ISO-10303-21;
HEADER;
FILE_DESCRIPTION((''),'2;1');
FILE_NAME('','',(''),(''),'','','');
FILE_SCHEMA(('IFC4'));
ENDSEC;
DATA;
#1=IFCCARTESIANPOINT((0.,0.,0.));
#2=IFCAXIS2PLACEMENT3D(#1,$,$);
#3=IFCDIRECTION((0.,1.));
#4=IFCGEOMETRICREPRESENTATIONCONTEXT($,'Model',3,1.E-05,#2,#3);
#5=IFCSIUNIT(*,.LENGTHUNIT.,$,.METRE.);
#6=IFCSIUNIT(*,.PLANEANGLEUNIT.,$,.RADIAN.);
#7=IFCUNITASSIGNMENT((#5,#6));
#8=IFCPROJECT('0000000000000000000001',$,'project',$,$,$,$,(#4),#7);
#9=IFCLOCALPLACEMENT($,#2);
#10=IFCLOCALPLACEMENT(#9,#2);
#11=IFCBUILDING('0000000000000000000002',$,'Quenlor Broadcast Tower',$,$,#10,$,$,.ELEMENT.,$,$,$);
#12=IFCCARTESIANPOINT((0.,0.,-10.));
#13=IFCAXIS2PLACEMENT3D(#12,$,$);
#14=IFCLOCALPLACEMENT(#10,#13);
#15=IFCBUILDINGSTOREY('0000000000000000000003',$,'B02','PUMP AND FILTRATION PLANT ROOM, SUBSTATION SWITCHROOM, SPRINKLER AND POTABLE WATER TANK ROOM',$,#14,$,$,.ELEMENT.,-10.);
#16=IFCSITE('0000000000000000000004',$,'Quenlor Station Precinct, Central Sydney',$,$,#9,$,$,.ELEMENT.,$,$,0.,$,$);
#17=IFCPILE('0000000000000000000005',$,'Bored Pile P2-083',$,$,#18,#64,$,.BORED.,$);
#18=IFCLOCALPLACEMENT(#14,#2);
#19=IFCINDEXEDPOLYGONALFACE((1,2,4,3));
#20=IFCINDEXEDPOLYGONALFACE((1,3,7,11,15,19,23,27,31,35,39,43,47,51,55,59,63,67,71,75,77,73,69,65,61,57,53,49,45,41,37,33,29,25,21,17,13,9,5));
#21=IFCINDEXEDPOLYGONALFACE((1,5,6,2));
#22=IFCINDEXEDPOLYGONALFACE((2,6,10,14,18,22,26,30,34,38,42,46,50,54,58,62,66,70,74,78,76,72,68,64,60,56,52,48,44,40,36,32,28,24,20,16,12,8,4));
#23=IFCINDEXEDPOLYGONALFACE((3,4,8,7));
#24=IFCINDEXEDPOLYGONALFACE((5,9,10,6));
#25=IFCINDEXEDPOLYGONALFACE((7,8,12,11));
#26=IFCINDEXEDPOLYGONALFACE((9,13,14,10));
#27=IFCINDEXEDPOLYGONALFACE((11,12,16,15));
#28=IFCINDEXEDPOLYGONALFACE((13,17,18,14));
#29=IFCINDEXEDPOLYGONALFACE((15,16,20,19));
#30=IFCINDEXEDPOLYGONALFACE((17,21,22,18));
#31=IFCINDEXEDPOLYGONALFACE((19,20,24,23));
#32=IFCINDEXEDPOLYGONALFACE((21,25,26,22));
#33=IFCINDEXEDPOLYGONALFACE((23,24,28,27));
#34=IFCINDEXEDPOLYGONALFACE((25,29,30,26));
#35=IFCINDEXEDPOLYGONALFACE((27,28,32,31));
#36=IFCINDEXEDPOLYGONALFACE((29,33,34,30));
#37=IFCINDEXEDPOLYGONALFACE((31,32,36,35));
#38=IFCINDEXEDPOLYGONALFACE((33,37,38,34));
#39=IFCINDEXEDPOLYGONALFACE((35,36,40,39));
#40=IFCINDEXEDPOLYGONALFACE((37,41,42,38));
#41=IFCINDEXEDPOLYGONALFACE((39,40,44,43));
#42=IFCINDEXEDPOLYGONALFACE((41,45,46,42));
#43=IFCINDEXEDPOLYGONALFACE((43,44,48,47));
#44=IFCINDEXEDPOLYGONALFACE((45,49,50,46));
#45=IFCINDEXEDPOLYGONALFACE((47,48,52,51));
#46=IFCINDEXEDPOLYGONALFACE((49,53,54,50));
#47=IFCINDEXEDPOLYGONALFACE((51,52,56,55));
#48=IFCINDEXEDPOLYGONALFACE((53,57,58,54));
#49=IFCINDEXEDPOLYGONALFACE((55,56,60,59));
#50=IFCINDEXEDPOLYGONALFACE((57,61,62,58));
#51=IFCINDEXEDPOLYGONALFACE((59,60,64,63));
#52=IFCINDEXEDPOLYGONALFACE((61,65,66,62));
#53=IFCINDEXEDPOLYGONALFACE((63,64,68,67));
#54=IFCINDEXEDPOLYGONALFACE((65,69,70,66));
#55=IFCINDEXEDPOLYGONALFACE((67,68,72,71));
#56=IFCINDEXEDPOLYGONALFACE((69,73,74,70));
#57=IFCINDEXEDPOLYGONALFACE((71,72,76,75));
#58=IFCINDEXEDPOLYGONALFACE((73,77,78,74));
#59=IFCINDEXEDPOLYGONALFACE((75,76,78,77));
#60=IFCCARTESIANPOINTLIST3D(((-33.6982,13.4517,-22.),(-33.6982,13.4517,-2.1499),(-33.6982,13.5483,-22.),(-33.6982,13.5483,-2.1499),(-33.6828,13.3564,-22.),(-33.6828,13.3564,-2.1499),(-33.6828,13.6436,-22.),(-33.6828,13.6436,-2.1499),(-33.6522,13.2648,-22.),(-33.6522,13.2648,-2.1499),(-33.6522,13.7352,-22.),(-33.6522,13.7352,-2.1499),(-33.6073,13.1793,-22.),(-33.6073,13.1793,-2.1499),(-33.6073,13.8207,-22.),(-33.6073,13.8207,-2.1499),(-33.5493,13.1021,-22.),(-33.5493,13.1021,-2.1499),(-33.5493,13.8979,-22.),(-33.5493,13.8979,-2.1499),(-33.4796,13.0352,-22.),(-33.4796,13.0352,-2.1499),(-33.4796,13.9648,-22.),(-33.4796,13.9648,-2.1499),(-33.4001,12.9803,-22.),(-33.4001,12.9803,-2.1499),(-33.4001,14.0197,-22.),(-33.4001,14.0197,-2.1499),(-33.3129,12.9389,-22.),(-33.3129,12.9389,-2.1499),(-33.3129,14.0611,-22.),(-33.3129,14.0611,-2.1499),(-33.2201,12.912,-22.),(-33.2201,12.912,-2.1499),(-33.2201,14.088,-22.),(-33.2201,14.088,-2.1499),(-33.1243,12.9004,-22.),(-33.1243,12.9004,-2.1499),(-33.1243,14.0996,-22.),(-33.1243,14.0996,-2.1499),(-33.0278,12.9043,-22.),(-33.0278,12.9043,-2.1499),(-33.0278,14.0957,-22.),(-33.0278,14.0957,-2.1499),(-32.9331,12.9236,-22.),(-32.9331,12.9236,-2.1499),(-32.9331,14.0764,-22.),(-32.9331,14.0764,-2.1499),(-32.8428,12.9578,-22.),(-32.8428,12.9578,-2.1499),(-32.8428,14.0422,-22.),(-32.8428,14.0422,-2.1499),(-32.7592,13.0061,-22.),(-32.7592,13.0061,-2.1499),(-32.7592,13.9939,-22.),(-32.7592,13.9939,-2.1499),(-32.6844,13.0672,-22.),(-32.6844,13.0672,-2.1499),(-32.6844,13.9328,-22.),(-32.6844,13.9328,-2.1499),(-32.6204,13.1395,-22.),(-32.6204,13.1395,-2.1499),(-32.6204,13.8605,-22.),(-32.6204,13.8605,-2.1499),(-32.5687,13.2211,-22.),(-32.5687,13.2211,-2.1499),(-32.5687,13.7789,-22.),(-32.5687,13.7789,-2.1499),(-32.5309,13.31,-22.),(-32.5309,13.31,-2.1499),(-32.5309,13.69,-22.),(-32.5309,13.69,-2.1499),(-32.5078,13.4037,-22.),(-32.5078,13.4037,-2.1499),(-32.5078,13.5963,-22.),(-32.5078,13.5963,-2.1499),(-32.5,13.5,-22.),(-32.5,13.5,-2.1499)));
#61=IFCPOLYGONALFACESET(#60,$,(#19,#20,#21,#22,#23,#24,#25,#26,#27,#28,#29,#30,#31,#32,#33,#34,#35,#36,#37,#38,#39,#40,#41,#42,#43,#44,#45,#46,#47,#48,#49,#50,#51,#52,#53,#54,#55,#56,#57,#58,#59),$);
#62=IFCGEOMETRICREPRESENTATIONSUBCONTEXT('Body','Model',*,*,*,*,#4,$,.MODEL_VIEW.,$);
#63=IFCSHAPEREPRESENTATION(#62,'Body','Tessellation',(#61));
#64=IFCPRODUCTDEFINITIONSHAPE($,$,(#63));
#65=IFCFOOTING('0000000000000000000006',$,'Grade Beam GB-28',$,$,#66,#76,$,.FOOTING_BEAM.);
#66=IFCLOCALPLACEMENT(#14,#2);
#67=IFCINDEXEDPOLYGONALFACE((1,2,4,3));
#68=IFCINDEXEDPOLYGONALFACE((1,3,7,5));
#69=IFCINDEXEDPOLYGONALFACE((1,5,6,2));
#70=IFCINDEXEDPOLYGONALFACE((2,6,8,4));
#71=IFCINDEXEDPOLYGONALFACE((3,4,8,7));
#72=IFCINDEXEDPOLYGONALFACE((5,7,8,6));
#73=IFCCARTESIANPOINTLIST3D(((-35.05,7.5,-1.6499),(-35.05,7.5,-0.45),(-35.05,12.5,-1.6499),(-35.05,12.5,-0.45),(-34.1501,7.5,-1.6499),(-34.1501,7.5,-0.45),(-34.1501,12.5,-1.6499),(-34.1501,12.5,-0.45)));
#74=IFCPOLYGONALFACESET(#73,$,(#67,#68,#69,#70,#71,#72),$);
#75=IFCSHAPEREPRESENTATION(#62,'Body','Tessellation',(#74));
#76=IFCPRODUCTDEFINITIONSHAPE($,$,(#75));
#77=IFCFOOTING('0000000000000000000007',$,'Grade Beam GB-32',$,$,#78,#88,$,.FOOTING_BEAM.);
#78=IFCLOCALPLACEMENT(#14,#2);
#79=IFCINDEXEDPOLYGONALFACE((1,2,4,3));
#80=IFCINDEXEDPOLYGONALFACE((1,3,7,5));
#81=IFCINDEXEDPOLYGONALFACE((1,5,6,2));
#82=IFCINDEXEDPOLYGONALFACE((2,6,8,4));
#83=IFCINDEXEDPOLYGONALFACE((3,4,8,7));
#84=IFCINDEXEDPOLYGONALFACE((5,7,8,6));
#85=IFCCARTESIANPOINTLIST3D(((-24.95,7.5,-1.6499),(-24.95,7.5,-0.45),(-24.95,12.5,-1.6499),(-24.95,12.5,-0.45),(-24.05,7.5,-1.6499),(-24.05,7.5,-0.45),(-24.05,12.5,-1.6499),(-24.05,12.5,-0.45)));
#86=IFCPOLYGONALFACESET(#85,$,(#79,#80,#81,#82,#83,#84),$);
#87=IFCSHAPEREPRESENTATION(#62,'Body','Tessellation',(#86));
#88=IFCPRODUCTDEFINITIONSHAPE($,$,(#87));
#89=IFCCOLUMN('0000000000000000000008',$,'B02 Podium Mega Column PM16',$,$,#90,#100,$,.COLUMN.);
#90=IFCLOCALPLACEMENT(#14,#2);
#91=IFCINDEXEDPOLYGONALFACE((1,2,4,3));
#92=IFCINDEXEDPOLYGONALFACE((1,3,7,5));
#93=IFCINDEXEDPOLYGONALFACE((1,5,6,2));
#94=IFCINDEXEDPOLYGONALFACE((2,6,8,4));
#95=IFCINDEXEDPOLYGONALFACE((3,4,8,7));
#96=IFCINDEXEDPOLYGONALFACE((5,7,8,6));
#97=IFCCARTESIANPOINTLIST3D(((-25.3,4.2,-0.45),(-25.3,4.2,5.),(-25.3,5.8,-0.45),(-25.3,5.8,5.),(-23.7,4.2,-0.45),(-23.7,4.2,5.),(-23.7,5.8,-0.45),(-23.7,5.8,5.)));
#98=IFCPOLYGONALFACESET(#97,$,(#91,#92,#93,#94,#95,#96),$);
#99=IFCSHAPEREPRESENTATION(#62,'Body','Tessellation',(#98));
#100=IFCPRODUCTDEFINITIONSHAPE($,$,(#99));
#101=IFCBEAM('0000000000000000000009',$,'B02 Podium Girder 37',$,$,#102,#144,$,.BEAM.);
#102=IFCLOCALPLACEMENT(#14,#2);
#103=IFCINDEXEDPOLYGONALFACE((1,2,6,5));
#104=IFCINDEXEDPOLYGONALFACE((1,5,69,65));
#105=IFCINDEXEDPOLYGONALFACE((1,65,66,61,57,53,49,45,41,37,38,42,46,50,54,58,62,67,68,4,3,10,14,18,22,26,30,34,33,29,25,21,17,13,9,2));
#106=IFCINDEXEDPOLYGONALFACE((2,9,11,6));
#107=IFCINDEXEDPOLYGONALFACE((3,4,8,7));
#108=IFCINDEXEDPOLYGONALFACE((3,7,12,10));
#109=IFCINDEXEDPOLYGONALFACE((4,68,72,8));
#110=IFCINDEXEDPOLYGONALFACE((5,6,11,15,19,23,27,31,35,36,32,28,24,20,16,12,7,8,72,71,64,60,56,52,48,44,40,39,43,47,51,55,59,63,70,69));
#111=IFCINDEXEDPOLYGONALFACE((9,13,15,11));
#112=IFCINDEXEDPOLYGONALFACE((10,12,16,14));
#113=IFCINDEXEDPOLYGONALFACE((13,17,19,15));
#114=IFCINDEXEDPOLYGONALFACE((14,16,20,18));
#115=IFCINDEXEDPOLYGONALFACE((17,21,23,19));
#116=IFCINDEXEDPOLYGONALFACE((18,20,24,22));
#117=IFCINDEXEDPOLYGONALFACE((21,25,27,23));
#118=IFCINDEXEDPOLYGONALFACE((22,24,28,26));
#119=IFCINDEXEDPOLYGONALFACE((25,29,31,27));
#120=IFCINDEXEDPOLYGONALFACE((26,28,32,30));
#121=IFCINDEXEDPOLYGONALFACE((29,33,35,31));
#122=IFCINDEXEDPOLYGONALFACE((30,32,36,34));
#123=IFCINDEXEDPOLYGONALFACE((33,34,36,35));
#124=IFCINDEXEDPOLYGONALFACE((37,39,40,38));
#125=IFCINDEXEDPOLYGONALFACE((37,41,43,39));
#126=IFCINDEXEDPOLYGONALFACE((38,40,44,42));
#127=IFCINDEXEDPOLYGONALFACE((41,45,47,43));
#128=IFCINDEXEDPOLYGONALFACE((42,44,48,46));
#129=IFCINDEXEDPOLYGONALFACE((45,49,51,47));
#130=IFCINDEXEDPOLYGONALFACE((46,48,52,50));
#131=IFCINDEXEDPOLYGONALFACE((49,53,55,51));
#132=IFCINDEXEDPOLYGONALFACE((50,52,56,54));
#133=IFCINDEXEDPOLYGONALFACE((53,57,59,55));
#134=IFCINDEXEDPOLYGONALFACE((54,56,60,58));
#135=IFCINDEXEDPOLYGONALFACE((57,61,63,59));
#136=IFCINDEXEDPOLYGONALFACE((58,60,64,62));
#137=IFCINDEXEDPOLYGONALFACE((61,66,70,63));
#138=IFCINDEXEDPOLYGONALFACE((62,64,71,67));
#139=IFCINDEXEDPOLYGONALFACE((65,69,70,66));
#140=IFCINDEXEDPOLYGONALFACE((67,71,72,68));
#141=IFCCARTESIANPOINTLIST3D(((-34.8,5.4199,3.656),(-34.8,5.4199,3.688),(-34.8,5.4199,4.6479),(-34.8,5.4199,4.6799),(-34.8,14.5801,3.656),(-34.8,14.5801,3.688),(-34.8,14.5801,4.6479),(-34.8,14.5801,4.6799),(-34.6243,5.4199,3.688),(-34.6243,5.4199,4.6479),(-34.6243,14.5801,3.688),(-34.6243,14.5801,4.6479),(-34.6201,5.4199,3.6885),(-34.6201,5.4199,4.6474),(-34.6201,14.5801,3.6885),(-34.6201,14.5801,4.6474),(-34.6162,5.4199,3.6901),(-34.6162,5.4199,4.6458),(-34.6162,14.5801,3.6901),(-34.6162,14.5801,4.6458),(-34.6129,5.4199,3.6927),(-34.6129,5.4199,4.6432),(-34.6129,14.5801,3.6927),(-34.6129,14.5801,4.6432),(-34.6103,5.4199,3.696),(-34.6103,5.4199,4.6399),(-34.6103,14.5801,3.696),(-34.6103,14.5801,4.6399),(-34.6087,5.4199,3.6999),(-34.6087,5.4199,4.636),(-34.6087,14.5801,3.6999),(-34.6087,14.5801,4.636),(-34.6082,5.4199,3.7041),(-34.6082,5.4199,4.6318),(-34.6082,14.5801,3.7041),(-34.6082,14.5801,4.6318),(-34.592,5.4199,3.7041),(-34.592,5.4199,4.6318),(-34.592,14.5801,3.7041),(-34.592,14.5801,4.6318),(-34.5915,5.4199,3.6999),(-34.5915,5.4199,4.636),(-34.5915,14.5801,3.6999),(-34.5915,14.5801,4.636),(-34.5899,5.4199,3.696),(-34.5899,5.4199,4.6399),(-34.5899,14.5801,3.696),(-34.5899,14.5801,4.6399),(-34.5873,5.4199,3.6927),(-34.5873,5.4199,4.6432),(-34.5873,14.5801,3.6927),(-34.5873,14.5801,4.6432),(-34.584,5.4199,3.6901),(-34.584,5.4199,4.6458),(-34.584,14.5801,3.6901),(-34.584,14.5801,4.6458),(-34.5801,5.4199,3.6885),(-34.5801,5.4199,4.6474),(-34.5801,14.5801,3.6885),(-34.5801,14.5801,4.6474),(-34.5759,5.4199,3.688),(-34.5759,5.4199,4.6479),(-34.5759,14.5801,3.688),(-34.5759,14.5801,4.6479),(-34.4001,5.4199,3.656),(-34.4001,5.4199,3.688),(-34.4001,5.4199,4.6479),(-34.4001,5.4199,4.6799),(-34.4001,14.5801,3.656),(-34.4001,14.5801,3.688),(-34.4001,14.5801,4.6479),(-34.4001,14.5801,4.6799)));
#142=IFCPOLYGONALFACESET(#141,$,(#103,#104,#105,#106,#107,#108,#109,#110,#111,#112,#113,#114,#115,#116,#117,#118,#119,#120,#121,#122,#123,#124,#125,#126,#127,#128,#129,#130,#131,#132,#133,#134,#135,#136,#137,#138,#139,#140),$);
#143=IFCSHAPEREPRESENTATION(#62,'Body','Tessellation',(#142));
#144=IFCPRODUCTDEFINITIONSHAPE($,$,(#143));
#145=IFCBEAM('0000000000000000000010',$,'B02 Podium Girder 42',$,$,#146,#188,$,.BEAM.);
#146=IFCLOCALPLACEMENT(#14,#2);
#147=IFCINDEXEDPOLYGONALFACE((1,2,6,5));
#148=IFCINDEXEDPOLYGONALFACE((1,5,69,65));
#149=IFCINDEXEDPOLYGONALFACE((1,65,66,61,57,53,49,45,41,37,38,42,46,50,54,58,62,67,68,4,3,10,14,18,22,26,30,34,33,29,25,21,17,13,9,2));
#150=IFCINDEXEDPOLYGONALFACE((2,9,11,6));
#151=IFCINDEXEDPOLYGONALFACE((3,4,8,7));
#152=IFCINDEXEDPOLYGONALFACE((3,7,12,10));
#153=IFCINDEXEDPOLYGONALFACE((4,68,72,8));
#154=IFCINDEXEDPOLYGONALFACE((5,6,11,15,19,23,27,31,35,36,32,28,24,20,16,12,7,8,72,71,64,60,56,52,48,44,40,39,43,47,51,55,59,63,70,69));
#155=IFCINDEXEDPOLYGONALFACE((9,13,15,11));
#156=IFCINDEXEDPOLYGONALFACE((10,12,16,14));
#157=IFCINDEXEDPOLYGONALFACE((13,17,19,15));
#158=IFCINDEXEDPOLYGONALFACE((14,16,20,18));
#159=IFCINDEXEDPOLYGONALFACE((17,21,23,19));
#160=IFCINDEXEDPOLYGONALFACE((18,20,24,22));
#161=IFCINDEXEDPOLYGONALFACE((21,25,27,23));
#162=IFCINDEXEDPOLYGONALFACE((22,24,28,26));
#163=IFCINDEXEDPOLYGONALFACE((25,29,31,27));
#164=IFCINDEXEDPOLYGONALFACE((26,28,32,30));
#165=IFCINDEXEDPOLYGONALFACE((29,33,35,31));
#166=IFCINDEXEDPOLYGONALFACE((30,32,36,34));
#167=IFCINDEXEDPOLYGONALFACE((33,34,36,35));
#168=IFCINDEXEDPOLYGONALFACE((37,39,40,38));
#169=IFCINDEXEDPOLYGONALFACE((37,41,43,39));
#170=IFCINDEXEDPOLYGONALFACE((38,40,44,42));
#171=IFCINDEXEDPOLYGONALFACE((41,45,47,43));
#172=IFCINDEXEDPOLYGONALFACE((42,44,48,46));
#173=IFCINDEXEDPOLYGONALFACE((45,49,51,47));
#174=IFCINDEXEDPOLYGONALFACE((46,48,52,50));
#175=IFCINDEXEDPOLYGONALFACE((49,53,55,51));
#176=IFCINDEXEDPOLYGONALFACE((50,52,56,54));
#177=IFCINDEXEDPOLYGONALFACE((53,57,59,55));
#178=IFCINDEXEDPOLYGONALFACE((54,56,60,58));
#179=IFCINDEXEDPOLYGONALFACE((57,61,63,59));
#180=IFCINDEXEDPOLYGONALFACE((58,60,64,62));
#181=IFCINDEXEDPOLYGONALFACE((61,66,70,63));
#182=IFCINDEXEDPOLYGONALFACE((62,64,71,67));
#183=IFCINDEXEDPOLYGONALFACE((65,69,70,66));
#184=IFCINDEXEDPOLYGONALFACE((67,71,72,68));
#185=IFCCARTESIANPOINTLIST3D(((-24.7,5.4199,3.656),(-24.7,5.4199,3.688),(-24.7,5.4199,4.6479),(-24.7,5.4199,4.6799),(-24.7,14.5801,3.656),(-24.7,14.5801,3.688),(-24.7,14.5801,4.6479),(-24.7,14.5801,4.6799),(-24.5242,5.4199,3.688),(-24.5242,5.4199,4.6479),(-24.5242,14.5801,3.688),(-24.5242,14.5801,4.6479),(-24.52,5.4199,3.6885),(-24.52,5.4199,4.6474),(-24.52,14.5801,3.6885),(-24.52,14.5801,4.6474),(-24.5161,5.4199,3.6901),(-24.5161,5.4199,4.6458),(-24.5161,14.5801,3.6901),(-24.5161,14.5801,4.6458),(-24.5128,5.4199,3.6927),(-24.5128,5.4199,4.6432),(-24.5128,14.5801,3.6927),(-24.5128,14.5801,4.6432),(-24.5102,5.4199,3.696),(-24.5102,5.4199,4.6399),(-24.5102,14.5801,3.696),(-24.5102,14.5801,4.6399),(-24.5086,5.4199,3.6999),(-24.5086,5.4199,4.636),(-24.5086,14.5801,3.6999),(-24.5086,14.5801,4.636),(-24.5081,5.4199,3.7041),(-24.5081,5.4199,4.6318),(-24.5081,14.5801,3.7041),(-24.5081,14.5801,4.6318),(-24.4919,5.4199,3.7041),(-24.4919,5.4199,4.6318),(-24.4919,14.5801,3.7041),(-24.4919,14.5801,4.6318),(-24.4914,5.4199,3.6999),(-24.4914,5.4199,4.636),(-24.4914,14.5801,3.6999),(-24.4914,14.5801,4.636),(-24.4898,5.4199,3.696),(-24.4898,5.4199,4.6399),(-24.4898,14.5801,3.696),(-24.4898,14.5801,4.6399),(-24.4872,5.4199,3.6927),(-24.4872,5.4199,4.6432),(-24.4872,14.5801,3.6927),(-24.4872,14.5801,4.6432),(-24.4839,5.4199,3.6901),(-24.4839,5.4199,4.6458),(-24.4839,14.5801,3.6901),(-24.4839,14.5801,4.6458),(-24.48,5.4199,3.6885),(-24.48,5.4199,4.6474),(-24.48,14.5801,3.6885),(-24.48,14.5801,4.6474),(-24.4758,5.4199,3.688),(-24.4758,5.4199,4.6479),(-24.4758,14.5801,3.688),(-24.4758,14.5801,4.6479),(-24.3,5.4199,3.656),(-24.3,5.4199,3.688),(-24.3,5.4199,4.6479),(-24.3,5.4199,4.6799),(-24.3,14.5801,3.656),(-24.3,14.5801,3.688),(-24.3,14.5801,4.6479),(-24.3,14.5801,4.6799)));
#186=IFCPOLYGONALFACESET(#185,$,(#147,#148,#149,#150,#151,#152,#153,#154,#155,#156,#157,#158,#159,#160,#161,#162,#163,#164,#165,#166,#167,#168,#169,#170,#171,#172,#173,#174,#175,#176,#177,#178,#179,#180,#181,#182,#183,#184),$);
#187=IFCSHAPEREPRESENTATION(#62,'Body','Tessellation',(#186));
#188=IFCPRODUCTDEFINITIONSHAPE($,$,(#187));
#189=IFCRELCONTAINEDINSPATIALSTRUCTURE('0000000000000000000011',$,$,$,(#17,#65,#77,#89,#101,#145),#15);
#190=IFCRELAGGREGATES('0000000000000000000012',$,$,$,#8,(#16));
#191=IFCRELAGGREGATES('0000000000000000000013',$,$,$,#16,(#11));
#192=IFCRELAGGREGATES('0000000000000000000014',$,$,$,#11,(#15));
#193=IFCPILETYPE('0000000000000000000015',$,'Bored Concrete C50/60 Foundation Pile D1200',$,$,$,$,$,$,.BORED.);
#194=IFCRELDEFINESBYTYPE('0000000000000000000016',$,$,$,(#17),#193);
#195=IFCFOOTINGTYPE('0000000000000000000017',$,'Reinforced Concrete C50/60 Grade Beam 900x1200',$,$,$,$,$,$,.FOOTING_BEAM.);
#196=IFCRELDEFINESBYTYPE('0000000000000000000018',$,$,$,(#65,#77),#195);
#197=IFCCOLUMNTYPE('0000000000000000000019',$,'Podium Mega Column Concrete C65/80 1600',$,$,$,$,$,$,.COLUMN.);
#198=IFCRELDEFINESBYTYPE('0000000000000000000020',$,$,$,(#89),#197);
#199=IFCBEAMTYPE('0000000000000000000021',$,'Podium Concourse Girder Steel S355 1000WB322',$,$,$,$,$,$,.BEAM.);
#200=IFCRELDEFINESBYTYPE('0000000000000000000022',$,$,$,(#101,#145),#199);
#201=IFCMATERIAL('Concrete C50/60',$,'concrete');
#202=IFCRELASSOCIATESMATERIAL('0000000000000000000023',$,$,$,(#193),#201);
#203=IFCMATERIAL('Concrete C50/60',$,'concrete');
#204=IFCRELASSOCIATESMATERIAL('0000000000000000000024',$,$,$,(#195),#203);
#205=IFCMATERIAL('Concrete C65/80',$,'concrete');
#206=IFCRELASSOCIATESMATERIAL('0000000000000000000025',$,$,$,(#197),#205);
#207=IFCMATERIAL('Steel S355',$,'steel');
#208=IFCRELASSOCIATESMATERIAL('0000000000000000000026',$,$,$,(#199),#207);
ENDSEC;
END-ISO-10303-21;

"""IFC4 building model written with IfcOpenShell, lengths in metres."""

from ifc_helpers import new_model, si_unit, direction, frame, origin, origin_2d, place, context, subcontext, project, spatial, rectangle, circle, i_section, extrude, material, material_profile, profile_set, type_object, element, save


model = new_model("IFC4")

# Units and contexts
model_context = context("Model", 3, precision=1e-05, world=origin(), true_north=direction((0.0, 1.0)))
body_context = subcontext(model_context, "Body", "Model", "MODEL_VIEW")
ifc_project = project(units=[si_unit("LENGTHUNIT", "METRE"), si_unit("PLANEANGLEUNIT", "RADIAN")], contexts=[model_context])

# Site, building, storey
site_placement = place(None, origin())
site = spatial("IfcSite", under=ifc_project, at=site_placement, Name="Quenlor Station Precinct, Central Sydney", CompositionType="ELEMENT", RefElevation=0.0)
building_placement = place(site_placement, origin())
building = spatial("IfcBuilding", under=site, at=building_placement, Name="Quenlor Broadcast Tower", CompositionType="ELEMENT")
storey_placement = place(building_placement, frame((0.0, 0.0, -10.0)))
storey = spatial("IfcBuildingStorey", under=building, at=storey_placement, Name="B02", Description="PUMP AND FILTRATION PLANT ROOM, SUBSTATION SWITCHROOM, SPRINKLER AND POTABLE WATER TANK ROOM", CompositionType="ELEMENT", Elevation=-10.0)

# Pile
ifc_material_1 = material(Name="Concrete C50/60", Category="concrete")
ifc_material_profile_1 = material_profile(ifc_material_1, circle(Radius=0.6001, at=origin_2d()))
ifc_profile_set_1 = profile_set([ifc_material_profile_1], Name="Concrete C50/60 PILE1200")
pile_type = type_object("IfcPileType", Name="Bored Concrete C50/60 Foundation Pile D1200", PredefinedType="BORED", material=ifc_profile_set_1)
for number, where, z_axis, x_axis, name in (
    (1, (-33.1001, 13.5, -2.1499), (0.0, 0.0, -1.0), (1.0, 0.0, 0.0), "Bored Pile P2-083"),
):
    element("IfcPile", number, at=place(storey_placement, frame(where, z_axis=z_axis, x_axis=x_axis)), inside=storey, type_object=pile_type, Name=name, PredefinedType="BORED", context=body_context, shape_type="SweptSolid", body=[
        extrude(circle(Radius=0.6001, at=origin_2d()), origin(), (0.0, 0.0, 1.0), 19.8501),
    ])

# Footings
ifc_material_2 = material(Name="Concrete C50/60", Category="concrete")
footing_type = type_object("IfcFootingType", Name="Reinforced Concrete C50/60 Grade Beam 900x1200", PredefinedType="FOOTING_BEAM", material=ifc_material_2)
for number, where, z_axis, x_axis, name in (
    (2, (-34.6001, 10.0, -1.6499), (0.0, 0.0, 1.0), (0.0, 1.0, 0.0), "Grade Beam GB-28"),
    (3, (-24.5, 10.0, -1.6499), (0.0, 0.0, 1.0), (0.0, 1.0, 0.0), "Grade Beam GB-32"),
):
    element("IfcFooting", number, at=place(storey_placement, frame(where, z_axis=z_axis, x_axis=x_axis)), inside=storey, type_object=footing_type, Name=name, PredefinedType="FOOTING_BEAM", context=body_context, shape_type="SweptSolid", body=[
        extrude(rectangle(XDim=5.0, YDim=0.8999, at=origin_2d()), origin(), (0.0, 0.0, 1.0), 1.2),
    ])

# Column
ifc_material_3 = material(Name="Concrete C65/80", Category="concrete")
ifc_material_profile_2 = material_profile(ifc_material_3, rectangle(XDim=1.6001, YDim=1.6001, at=origin_2d()))
ifc_profile_set_2 = profile_set([ifc_material_profile_2], Name="Concrete C65/80 RC1600x1600")
column_type = type_object("IfcColumnType", Name="Podium Mega Column Concrete C65/80 1600", PredefinedType="COLUMN", material=ifc_profile_set_2)
column_placement = place(storey_placement, frame((-24.5, 5.0, -0.45), z_axis=(0.0, 0.0, 1.0), x_axis=(1.0, 0.0, 0.0)))
element("IfcColumn", 4, at=column_placement, inside=storey, type_object=column_type, Name="B02 Podium Mega Column PM16", PredefinedType="COLUMN", context=body_context, shape_type="SweptSolid", body=[
    extrude(rectangle(XDim=1.6001, YDim=1.6001, at=origin_2d()), origin(), (0.0, 0.0, 1.0), 5.45),
])

# Beams
ifc_material_4 = material(Name="Steel S355", Category="steel")
ifc_material_profile_3 = material_profile(ifc_material_4, i_section(OverallWidth=0.3999, OverallDepth=1.0239, WebThickness=0.0161, FlangeThickness=0.032, FilletRadius=0.0161, at=origin_2d()))
ifc_profile_set_3 = profile_set([ifc_material_profile_3], Name="Steel S355 1000WB322")
beam_type_1 = type_object("IfcBeamType", Name="Podium Concourse Girder Steel S355 1000WB322", PredefinedType="BEAM", material=ifc_profile_set_3)
for number, where, z_axis, x_axis, name in (
    (5, (-34.6001, 5.4199, 4.168), (0.0, 1.0, 0.0), (-1.0, 0.0, 0.0), "B02 Podium Girder 37"),
    (6, (-24.5, 5.4199, 4.168), (0.0, 1.0, 0.0), (-1.0, 0.0, 0.0), "B02 Podium Girder 42"),
):
    element("IfcBeam", number, at=place(storey_placement, frame(where, z_axis=z_axis, x_axis=x_axis)), inside=storey, type_object=beam_type_1, Name=name, PredefinedType="BEAM", context=body_context, shape_type="SweptSolid", body=[
        extrude(i_section(OverallWidth=0.3999, OverallDepth=1.0239, WebThickness=0.0161, FlangeThickness=0.032, FilletRadius=0.0161, at=origin_2d()), origin(), (0.0, 0.0, 1.0), 9.1602),
    ])

save(model, "model.ifc")
